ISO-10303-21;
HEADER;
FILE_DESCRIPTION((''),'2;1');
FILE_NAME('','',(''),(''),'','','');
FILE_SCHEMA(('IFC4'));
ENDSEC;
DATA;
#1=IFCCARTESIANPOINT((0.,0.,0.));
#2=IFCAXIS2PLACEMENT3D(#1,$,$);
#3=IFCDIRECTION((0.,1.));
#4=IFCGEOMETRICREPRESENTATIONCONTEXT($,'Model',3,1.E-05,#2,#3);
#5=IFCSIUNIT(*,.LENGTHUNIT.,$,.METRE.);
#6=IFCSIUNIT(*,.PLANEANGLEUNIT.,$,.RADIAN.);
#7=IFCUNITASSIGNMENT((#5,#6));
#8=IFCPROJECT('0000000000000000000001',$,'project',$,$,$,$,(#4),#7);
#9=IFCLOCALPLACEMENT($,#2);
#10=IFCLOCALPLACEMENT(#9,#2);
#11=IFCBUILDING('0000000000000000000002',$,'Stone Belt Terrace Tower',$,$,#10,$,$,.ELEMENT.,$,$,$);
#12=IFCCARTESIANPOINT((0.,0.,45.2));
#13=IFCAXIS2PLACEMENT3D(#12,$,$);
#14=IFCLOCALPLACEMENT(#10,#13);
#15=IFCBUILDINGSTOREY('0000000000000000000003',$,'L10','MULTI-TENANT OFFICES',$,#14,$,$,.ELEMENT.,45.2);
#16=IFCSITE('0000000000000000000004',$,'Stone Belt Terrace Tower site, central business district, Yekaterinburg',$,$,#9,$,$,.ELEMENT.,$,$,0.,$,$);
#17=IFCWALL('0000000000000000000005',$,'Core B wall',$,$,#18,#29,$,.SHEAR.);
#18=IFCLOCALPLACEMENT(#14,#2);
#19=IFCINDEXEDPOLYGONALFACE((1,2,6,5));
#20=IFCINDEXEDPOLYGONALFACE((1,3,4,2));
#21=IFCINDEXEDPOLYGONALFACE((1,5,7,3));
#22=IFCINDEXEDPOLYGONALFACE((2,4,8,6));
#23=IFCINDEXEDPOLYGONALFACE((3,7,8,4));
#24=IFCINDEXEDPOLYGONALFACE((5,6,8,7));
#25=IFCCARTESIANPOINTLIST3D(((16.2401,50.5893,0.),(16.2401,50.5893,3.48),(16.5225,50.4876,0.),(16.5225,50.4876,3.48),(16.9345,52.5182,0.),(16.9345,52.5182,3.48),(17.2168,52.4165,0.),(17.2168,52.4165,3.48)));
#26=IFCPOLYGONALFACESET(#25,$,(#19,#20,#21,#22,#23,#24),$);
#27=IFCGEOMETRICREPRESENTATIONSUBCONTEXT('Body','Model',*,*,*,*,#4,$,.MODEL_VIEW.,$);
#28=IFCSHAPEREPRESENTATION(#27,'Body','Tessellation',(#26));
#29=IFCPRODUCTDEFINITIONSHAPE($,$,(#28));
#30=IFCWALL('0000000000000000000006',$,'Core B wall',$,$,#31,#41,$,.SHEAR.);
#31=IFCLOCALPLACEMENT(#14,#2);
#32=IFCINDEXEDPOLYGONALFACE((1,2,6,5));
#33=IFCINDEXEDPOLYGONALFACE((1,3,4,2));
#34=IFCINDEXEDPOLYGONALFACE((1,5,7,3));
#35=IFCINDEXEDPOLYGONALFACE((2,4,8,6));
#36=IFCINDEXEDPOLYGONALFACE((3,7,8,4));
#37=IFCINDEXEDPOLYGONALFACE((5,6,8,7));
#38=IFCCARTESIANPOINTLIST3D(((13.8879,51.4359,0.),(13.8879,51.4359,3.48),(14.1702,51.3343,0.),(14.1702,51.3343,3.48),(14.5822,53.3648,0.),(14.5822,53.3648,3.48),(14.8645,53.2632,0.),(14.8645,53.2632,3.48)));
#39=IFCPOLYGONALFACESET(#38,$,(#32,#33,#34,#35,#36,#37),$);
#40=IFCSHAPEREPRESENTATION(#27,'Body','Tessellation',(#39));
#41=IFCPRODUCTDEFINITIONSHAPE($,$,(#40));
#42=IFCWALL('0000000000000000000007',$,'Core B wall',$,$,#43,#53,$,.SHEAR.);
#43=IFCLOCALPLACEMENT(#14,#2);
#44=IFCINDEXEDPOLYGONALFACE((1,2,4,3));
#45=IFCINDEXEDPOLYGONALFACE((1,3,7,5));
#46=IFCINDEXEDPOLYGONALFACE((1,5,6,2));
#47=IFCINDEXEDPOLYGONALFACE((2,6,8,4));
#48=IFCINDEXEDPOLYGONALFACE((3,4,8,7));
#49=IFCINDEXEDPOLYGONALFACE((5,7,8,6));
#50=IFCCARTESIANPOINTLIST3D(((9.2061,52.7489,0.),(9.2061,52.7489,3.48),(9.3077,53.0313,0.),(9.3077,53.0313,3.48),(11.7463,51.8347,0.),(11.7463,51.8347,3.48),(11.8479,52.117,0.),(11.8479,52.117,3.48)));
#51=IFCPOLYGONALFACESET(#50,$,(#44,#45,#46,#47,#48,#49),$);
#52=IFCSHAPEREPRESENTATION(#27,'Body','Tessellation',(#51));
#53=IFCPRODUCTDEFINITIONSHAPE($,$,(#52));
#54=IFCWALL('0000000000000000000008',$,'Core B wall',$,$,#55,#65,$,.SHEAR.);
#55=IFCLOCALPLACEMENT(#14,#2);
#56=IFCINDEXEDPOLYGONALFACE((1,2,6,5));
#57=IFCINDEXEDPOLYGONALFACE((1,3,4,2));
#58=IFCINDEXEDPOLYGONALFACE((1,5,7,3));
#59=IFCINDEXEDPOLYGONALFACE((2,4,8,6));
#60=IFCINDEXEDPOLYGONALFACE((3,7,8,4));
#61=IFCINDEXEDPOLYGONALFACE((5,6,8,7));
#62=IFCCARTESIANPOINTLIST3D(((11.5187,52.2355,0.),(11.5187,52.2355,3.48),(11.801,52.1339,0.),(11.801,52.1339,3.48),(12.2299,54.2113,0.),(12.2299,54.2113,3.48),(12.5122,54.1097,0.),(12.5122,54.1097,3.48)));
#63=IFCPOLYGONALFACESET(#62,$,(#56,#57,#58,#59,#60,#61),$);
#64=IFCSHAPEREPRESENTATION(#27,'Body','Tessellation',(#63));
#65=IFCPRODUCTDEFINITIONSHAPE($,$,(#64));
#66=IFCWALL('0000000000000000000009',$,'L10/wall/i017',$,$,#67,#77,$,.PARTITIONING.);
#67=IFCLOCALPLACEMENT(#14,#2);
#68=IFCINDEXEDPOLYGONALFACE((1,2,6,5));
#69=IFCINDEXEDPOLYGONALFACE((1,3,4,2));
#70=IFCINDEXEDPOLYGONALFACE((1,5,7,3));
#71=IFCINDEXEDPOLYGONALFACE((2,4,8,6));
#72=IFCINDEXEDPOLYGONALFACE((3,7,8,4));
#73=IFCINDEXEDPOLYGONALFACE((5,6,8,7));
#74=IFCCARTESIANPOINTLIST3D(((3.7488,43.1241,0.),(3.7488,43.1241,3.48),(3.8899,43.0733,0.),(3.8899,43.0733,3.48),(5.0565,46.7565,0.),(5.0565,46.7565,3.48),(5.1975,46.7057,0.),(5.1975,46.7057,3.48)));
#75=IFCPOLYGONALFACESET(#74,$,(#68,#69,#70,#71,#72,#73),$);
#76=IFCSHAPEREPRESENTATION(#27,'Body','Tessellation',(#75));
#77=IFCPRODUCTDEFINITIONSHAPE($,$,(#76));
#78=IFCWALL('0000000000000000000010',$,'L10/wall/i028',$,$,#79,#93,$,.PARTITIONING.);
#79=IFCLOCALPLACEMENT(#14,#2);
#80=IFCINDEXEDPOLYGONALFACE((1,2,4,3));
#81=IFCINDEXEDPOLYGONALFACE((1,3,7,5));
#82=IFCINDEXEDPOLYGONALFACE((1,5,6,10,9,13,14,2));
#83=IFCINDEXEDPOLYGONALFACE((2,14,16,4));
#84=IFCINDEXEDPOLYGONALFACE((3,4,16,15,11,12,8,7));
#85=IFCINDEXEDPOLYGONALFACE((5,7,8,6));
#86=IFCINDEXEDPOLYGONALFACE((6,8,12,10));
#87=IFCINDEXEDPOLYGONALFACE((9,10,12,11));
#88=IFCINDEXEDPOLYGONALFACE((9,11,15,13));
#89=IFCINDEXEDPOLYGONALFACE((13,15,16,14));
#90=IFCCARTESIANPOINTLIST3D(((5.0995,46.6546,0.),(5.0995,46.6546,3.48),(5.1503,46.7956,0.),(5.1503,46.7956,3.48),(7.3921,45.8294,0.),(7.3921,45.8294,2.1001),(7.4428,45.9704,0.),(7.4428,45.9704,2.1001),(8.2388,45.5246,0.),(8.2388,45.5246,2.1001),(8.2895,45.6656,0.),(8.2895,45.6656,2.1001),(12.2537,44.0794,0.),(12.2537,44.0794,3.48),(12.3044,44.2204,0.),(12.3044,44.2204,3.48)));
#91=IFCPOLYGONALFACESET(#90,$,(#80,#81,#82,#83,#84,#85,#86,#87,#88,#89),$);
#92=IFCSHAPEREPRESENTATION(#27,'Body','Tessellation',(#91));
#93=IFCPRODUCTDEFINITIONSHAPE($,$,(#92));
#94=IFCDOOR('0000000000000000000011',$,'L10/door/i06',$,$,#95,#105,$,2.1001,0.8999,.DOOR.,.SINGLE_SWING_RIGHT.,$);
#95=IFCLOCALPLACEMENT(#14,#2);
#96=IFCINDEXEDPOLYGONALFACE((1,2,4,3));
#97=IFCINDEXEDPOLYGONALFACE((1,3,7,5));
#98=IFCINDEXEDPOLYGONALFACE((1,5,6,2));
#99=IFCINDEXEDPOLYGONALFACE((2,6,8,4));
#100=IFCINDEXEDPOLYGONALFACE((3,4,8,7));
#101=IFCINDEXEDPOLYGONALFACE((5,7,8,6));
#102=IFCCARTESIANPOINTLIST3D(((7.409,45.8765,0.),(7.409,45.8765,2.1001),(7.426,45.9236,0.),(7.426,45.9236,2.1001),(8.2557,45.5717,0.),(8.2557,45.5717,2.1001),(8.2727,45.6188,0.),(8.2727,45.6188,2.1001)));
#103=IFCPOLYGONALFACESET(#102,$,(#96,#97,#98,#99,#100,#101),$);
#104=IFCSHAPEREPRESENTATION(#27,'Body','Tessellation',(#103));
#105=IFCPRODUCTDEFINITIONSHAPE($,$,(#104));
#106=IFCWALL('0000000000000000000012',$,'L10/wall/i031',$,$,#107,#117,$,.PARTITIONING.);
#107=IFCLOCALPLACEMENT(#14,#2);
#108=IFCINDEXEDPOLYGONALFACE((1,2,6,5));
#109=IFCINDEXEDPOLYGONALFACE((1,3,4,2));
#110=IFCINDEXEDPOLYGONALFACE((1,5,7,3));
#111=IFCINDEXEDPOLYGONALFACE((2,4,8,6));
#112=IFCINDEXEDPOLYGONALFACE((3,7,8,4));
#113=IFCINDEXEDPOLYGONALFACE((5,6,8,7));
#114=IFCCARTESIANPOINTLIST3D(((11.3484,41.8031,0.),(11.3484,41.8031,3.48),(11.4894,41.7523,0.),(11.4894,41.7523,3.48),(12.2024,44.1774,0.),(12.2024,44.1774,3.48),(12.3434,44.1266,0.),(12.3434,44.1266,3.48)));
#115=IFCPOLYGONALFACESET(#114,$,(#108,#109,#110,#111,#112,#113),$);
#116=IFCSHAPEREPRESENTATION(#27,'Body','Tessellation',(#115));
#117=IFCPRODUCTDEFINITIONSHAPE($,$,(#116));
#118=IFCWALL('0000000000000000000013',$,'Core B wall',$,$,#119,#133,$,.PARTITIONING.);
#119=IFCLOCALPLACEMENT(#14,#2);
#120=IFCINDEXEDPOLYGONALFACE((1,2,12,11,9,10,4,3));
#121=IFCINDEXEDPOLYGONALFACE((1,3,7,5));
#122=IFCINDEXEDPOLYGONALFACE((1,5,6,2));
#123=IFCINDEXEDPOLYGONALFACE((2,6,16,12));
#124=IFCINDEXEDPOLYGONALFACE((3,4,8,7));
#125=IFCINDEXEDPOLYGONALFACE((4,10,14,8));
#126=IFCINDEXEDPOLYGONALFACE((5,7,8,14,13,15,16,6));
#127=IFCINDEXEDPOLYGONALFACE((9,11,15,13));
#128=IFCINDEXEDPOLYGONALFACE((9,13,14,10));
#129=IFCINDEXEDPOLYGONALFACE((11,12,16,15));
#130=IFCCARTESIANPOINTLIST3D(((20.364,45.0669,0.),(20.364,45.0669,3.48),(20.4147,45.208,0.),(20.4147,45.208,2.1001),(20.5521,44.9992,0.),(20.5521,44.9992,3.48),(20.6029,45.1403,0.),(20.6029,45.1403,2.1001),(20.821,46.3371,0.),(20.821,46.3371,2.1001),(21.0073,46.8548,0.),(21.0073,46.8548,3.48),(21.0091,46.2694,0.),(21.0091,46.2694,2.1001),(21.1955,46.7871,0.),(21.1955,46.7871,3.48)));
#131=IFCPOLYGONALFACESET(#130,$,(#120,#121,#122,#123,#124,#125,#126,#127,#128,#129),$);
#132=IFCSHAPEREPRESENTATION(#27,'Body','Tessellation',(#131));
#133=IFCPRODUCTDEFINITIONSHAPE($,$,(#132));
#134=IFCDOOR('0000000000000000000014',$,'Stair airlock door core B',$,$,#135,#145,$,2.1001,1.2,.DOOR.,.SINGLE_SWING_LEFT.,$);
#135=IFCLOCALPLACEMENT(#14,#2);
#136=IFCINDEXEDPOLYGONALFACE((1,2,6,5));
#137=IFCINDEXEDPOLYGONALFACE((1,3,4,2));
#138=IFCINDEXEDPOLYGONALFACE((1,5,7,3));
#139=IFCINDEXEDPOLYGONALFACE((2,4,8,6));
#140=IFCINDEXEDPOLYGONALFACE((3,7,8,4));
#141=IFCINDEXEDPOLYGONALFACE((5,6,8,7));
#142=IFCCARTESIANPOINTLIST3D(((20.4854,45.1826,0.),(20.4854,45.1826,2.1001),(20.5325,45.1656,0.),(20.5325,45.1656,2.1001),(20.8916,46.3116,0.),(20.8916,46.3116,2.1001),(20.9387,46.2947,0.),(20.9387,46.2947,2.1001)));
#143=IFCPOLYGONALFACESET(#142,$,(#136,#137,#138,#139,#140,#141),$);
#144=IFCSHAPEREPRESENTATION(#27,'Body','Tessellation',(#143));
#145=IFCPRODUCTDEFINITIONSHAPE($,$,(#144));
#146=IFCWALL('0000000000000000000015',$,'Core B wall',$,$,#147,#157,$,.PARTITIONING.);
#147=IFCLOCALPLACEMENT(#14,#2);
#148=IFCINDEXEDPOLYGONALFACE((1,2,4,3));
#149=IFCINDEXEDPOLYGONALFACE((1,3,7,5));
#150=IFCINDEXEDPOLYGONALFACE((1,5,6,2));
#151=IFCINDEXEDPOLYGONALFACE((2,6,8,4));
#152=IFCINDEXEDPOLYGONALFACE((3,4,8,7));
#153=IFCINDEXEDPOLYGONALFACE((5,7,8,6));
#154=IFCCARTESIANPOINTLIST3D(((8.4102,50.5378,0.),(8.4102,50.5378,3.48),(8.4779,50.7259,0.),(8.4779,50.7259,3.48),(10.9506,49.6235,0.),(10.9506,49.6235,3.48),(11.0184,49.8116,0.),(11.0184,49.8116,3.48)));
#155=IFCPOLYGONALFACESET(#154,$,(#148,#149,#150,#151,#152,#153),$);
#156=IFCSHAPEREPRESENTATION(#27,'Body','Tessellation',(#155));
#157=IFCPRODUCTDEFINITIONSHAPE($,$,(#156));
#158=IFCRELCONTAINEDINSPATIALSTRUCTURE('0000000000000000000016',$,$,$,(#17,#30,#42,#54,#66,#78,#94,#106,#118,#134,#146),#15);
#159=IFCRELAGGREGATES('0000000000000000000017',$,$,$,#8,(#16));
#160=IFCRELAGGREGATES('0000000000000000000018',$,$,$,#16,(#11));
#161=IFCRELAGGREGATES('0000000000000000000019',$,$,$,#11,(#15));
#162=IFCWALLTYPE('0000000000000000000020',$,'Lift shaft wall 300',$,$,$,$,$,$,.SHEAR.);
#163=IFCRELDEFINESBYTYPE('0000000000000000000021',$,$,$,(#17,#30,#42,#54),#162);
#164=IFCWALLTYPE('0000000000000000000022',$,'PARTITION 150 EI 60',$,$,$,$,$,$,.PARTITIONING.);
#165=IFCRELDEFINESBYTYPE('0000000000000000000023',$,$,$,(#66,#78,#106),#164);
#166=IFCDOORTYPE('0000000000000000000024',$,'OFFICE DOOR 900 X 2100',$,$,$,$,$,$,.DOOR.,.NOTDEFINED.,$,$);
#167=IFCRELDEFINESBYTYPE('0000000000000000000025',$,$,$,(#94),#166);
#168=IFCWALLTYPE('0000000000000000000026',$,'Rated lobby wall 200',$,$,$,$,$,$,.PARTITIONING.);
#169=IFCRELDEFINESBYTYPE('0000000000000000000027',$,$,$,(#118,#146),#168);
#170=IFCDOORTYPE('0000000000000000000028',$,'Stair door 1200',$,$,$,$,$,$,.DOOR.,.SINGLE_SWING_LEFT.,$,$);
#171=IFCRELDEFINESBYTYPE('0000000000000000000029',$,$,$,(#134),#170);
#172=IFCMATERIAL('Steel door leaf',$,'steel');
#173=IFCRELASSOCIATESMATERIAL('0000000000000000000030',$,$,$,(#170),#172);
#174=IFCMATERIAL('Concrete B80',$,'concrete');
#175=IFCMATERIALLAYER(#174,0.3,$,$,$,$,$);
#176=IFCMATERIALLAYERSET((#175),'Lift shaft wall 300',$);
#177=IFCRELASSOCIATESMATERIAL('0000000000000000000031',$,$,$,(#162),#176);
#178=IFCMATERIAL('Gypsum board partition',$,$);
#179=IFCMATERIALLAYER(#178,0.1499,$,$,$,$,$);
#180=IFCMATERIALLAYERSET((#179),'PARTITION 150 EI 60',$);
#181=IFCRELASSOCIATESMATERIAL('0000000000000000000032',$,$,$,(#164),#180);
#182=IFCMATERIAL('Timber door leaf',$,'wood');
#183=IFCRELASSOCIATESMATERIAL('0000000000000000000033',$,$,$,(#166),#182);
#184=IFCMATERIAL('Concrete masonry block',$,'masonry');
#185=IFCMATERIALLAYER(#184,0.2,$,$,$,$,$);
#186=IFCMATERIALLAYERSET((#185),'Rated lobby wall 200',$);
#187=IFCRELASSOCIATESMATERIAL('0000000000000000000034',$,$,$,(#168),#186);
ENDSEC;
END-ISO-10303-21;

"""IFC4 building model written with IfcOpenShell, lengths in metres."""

from ifc_helpers import new_model, si_unit, direction, frame, frame_2d, origin, place, context, subcontext, project, spatial, rectangle, extrude, material, layer, layer_set, type_object, element, fill, save


model = new_model("IFC4")

# Units and contexts
model_context = context("Model", 3, precision=1e-05, world=origin(), true_north=direction((0.0, 1.0)))
body_context = subcontext(model_context, "Body", "Model", "MODEL_VIEW")
ifc_project = project(units=[si_unit("LENGTHUNIT", "METRE"), si_unit("PLANEANGLEUNIT", "RADIAN")], contexts=[model_context])

# Site, building, storey
site_placement = place(None, origin())
site = spatial("IfcSite", under=ifc_project, at=site_placement, Name="Stone Belt Terrace Tower site, central business district, Yekaterinburg", CompositionType="ELEMENT", RefElevation=0.0)
building_placement = place(site_placement, origin())
building = spatial("IfcBuilding", under=site, at=building_placement, Name="Stone Belt Terrace Tower", CompositionType="ELEMENT")
storey_placement = place(building_placement, frame((0.0, 0.0, 45.2)))
storey = spatial("IfcBuildingStorey", under=building, at=storey_placement, Name="L10", Description="MULTI-TENANT OFFICES", CompositionType="ELEMENT", Elevation=45.2)

# Shared definitions
ifc_material_1 = material(Name="Concrete B80", Category="concrete")

# Shared definitions
ifc_material_2 = material(Name="Timber door leaf", Category="wood")
ifc_material_3 = material(Name="Steel door leaf", Category="steel")
door_type_1 = type_object("IfcDoorType", Name="Stair door 1200", OperationType="SINGLE_SWING_LEFT", PredefinedType="DOOR", material=ifc_material_3)

# Walls
ifc_layer_1 = layer(ifc_material_1, 0.3)
ifc_layer_set_1 = layer_set([ifc_layer_1], Name="Lift shaft wall 300")
wall_type_1 = type_object("IfcWallType", Name="Lift shaft wall 300", PredefinedType="SHEAR", material=ifc_layer_set_1)
for number, where, z_axis, x_axis, name in (
    (1, (16.3813, 50.5386, 0.0), (0.0, 0.0, 1.0), (0.338682, 0.940901, 0.0), "Core B wall"),
    (2, (14.0291, 51.3853, 0.0), (0.0, 0.0, 1.0), (0.338682, 0.940901, 0.0), "Core B wall"),
):
    element("IfcWall", number, at=place(storey_placement, frame(where, z_axis=z_axis, x_axis=x_axis)), inside=storey, type_object=wall_type_1, Name=name, PredefinedType="SHEAR", context=body_context, shape_type="SweptSolid", body=[
        extrude(rectangle(XDim=2.05, YDim=0.3, at=frame_2d((1.0249, 0.0))), origin(), (0.0, 0.0, 1.0), 3.48),
    ])
wall_1_placement = place(storey_placement, frame((11.7971, 51.9758, 0.0), z_axis=(0.0, 0.0, 1.0), x_axis=(-0.94091, 0.338655, 0.0)))
element("IfcWall", 3, at=wall_1_placement, inside=storey, type_object=wall_type_1, Name="Core B wall", PredefinedType="SHEAR", context=body_context, shape_type="SweptSolid", body=[
    extrude(rectangle(XDim=2.6997, YDim=0.3, at=frame_2d((1.3499, 0.0))), origin(), (0.0, 0.0, 1.0), 3.48),
])
wall_2_placement = place(storey_placement, frame((11.6599, 52.1848, 0.0), z_axis=(0.0, 0.0, 1.0), x_axis=(0.33867, 0.940905, 0.0)))
element("IfcWall", 4, at=wall_2_placement, inside=storey, type_object=wall_type_1, Name="Core B wall", PredefinedType="SHEAR", context=body_context, shape_type="SweptSolid", body=[
    extrude(rectangle(XDim=2.0999, YDim=0.3, at=frame_2d((1.0498, 0.0))), origin(), (0.0, 0.0, 1.0), 3.48),
])
ifc_material_4 = material(Name="Gypsum board partition")
ifc_layer_2 = layer(ifc_material_4, 0.1499)
ifc_layer_set_2 = layer_set([ifc_layer_2], Name="PARTITION 150 EI 60")
wall_type_2 = type_object("IfcWallType", Name="PARTITION 150 EI 60", PredefinedType="PARTITIONING", material=ifc_layer_set_2)
wall_3_placement = place(storey_placement, frame((5.127, 46.731, 0.0), z_axis=(0.0, 0.0, 1.0), x_axis=(-0.338715, -0.940889, 0.0)))
element("IfcWall", 5, at=wall_3_placement, inside=storey, type_object=wall_type_2, Name="L10/wall/i017", PredefinedType="PARTITIONING", context=body_context, shape_type="SweptSolid", body=[
    extrude(rectangle(XDim=3.8606, YDim=0.1499, at=frame_2d((1.9302, 0.0))), origin(), (0.0, 0.0, 1.0), 3.48),
])

# Wall, opening, door
wall_4_placement = place(storey_placement, frame((12.2791, 44.1499, 0.0), z_axis=(0.0, 0.0, 1.0), x_axis=(-0.940898, 0.338689, 0.0)))
wall_4 = element("IfcWall", 6, at=wall_4_placement, inside=storey, type_object=wall_type_2, Name="L10/wall/i028", PredefinedType="PARTITIONING", context=body_context, shape_type="SweptSolid", body=[
    extrude(rectangle(XDim=7.6035, YDim=0.1499, at=frame_2d((3.8018, 0.0))), origin(), (0.0, 0.0, 1.0), 3.48),
])
opening_1_placement = place(wall_4_placement, frame((4.2671, 0.0, 0.0)))
opening_1 = element("IfcOpeningElement", 7, at=opening_1_placement, cuts=wall_4, PredefinedType="OPENING", context=body_context, shape_type="SweptSolid", body=[
    extrude(rectangle(XDim=0.8999, YDim=2.1001, at=frame_2d((0.45, 1.05))), frame((0.0, 0.085, 0.0), z_axis=(0.0, -1.0, 0.0), x_axis=(1.0, 0.0, 0.0)), (0.0, 0.0, 1.0), 0.1699),
])
door_type_2 = type_object("IfcDoorType", Name="OFFICE DOOR 900 X 2100", OperationType="NOTDEFINED", PredefinedType="DOOR", material=ifc_material_2)
door_1_placement = place(opening_1_placement, origin())
door_1 = element("IfcDoor", 8, at=door_1_placement, inside=storey, type_object=door_type_2, Name="L10/door/i06", OperationType="SINGLE_SWING_RIGHT", OverallHeight=2.1001, OverallWidth=0.8999, PredefinedType="DOOR", context=body_context, shape_type="SweptSolid", body=[
    extrude(rectangle(XDim=0.8999, YDim=2.1001, at=frame_2d((0.45, 1.05))), frame((0.0, 0.0249, 0.0), z_axis=(0.0, -1.0, 0.0), x_axis=(1.0, 0.0, 0.0)), (0.0, 0.0, 1.0), 0.05),
])
fill(opening_1, door_1)

# Wall
wall_5_placement = place(storey_placement, frame((12.2729, 44.1521, 0.0), z_axis=(0.0, 0.0, 1.0), x_axis=(-0.338462, -0.94098, 0.0)))
element("IfcWall", 9, at=wall_5_placement, inside=storey, type_object=wall_type_2, Name="L10/wall/i031", PredefinedType="PARTITIONING", context=body_context, shape_type="SweptSolid", body=[
    extrude(rectangle(XDim=2.5232, YDim=0.1499, at=frame_2d((1.2617, 0.0))), origin(), (0.0, 0.0, 1.0), 3.48),
])

# Wall, opening, door
ifc_material_5 = material(Name="Concrete masonry block", Category="masonry")
ifc_layer_3 = layer(ifc_material_5, 0.2)
ifc_layer_set_3 = layer_set([ifc_layer_3], Name="Rated lobby wall 200")
wall_type_3 = type_object("IfcWallType", Name="Rated lobby wall 200", PredefinedType="PARTITIONING", material=ifc_layer_set_3)
wall_6_placement = place(storey_placement, frame((20.458, 45.033, 0.0), z_axis=(0.0, 0.0, 1.0), x_axis=(0.338574, 0.94094, 0.0)))
wall_6 = element("IfcWall", 10, at=wall_6_placement, inside=storey, type_object=wall_type_3, Name="Core B wall", PredefinedType="PARTITIONING", context=body_context, shape_type="SweptSolid", body=[
    extrude(rectangle(XDim=1.9001, YDim=0.2, at=frame_2d((0.9502, 0.0))), origin(), (0.0, 0.0, 1.0), 3.48),
])
opening_2_placement = place(wall_6_placement, frame((0.1499, 0.0, 0.0)))
opening_2 = element("IfcOpeningElement", 11, at=opening_2_placement, cuts=wall_6, PredefinedType="OPENING", context=body_context, shape_type="SweptSolid", body=[
    extrude(rectangle(XDim=1.2, YDim=2.1001, at=frame_2d((0.6001, 1.05))), frame((0.0, 0.1099, 0.0), z_axis=(0.0, -1.0, 0.0), x_axis=(1.0, 0.0, 0.0)), (0.0, 0.0, 1.0), 0.22),
])
door_2_placement = place(opening_2_placement, origin())
door_2 = element("IfcDoor", 12, at=door_2_placement, inside=storey, type_object=door_type_1, Name="Stair airlock door core B", OperationType="SINGLE_SWING_LEFT", OverallHeight=2.1001, OverallWidth=1.2, PredefinedType="DOOR", context=body_context, shape_type="SweptSolid", body=[
    extrude(rectangle(XDim=1.2, YDim=2.1001, at=frame_2d((0.6001, 1.05))), frame((0.0, 0.0249, 0.0), z_axis=(0.0, -1.0, 0.0), x_axis=(1.0, 0.0, 0.0)), (0.0, 0.0, 1.0), 0.05),
])
fill(opening_2, door_2)

# Wall
wall_7_placement = place(storey_placement, frame((10.9846, 49.7175, 0.0), z_axis=(0.0, 0.0, 1.0), x_axis=(-0.940921, 0.338627, 0.0)))
element("IfcWall", 13, at=wall_7_placement, inside=storey, type_object=wall_type_3, Name="Core B wall", PredefinedType="PARTITIONING", context=body_context, shape_type="SweptSolid", body=[
    extrude(rectangle(XDim=2.7, YDim=0.2, at=frame_2d((1.3501, 0.0))), origin(), (0.0, 0.0, 1.0), 3.48),
])

save(model, "model.ifc")
